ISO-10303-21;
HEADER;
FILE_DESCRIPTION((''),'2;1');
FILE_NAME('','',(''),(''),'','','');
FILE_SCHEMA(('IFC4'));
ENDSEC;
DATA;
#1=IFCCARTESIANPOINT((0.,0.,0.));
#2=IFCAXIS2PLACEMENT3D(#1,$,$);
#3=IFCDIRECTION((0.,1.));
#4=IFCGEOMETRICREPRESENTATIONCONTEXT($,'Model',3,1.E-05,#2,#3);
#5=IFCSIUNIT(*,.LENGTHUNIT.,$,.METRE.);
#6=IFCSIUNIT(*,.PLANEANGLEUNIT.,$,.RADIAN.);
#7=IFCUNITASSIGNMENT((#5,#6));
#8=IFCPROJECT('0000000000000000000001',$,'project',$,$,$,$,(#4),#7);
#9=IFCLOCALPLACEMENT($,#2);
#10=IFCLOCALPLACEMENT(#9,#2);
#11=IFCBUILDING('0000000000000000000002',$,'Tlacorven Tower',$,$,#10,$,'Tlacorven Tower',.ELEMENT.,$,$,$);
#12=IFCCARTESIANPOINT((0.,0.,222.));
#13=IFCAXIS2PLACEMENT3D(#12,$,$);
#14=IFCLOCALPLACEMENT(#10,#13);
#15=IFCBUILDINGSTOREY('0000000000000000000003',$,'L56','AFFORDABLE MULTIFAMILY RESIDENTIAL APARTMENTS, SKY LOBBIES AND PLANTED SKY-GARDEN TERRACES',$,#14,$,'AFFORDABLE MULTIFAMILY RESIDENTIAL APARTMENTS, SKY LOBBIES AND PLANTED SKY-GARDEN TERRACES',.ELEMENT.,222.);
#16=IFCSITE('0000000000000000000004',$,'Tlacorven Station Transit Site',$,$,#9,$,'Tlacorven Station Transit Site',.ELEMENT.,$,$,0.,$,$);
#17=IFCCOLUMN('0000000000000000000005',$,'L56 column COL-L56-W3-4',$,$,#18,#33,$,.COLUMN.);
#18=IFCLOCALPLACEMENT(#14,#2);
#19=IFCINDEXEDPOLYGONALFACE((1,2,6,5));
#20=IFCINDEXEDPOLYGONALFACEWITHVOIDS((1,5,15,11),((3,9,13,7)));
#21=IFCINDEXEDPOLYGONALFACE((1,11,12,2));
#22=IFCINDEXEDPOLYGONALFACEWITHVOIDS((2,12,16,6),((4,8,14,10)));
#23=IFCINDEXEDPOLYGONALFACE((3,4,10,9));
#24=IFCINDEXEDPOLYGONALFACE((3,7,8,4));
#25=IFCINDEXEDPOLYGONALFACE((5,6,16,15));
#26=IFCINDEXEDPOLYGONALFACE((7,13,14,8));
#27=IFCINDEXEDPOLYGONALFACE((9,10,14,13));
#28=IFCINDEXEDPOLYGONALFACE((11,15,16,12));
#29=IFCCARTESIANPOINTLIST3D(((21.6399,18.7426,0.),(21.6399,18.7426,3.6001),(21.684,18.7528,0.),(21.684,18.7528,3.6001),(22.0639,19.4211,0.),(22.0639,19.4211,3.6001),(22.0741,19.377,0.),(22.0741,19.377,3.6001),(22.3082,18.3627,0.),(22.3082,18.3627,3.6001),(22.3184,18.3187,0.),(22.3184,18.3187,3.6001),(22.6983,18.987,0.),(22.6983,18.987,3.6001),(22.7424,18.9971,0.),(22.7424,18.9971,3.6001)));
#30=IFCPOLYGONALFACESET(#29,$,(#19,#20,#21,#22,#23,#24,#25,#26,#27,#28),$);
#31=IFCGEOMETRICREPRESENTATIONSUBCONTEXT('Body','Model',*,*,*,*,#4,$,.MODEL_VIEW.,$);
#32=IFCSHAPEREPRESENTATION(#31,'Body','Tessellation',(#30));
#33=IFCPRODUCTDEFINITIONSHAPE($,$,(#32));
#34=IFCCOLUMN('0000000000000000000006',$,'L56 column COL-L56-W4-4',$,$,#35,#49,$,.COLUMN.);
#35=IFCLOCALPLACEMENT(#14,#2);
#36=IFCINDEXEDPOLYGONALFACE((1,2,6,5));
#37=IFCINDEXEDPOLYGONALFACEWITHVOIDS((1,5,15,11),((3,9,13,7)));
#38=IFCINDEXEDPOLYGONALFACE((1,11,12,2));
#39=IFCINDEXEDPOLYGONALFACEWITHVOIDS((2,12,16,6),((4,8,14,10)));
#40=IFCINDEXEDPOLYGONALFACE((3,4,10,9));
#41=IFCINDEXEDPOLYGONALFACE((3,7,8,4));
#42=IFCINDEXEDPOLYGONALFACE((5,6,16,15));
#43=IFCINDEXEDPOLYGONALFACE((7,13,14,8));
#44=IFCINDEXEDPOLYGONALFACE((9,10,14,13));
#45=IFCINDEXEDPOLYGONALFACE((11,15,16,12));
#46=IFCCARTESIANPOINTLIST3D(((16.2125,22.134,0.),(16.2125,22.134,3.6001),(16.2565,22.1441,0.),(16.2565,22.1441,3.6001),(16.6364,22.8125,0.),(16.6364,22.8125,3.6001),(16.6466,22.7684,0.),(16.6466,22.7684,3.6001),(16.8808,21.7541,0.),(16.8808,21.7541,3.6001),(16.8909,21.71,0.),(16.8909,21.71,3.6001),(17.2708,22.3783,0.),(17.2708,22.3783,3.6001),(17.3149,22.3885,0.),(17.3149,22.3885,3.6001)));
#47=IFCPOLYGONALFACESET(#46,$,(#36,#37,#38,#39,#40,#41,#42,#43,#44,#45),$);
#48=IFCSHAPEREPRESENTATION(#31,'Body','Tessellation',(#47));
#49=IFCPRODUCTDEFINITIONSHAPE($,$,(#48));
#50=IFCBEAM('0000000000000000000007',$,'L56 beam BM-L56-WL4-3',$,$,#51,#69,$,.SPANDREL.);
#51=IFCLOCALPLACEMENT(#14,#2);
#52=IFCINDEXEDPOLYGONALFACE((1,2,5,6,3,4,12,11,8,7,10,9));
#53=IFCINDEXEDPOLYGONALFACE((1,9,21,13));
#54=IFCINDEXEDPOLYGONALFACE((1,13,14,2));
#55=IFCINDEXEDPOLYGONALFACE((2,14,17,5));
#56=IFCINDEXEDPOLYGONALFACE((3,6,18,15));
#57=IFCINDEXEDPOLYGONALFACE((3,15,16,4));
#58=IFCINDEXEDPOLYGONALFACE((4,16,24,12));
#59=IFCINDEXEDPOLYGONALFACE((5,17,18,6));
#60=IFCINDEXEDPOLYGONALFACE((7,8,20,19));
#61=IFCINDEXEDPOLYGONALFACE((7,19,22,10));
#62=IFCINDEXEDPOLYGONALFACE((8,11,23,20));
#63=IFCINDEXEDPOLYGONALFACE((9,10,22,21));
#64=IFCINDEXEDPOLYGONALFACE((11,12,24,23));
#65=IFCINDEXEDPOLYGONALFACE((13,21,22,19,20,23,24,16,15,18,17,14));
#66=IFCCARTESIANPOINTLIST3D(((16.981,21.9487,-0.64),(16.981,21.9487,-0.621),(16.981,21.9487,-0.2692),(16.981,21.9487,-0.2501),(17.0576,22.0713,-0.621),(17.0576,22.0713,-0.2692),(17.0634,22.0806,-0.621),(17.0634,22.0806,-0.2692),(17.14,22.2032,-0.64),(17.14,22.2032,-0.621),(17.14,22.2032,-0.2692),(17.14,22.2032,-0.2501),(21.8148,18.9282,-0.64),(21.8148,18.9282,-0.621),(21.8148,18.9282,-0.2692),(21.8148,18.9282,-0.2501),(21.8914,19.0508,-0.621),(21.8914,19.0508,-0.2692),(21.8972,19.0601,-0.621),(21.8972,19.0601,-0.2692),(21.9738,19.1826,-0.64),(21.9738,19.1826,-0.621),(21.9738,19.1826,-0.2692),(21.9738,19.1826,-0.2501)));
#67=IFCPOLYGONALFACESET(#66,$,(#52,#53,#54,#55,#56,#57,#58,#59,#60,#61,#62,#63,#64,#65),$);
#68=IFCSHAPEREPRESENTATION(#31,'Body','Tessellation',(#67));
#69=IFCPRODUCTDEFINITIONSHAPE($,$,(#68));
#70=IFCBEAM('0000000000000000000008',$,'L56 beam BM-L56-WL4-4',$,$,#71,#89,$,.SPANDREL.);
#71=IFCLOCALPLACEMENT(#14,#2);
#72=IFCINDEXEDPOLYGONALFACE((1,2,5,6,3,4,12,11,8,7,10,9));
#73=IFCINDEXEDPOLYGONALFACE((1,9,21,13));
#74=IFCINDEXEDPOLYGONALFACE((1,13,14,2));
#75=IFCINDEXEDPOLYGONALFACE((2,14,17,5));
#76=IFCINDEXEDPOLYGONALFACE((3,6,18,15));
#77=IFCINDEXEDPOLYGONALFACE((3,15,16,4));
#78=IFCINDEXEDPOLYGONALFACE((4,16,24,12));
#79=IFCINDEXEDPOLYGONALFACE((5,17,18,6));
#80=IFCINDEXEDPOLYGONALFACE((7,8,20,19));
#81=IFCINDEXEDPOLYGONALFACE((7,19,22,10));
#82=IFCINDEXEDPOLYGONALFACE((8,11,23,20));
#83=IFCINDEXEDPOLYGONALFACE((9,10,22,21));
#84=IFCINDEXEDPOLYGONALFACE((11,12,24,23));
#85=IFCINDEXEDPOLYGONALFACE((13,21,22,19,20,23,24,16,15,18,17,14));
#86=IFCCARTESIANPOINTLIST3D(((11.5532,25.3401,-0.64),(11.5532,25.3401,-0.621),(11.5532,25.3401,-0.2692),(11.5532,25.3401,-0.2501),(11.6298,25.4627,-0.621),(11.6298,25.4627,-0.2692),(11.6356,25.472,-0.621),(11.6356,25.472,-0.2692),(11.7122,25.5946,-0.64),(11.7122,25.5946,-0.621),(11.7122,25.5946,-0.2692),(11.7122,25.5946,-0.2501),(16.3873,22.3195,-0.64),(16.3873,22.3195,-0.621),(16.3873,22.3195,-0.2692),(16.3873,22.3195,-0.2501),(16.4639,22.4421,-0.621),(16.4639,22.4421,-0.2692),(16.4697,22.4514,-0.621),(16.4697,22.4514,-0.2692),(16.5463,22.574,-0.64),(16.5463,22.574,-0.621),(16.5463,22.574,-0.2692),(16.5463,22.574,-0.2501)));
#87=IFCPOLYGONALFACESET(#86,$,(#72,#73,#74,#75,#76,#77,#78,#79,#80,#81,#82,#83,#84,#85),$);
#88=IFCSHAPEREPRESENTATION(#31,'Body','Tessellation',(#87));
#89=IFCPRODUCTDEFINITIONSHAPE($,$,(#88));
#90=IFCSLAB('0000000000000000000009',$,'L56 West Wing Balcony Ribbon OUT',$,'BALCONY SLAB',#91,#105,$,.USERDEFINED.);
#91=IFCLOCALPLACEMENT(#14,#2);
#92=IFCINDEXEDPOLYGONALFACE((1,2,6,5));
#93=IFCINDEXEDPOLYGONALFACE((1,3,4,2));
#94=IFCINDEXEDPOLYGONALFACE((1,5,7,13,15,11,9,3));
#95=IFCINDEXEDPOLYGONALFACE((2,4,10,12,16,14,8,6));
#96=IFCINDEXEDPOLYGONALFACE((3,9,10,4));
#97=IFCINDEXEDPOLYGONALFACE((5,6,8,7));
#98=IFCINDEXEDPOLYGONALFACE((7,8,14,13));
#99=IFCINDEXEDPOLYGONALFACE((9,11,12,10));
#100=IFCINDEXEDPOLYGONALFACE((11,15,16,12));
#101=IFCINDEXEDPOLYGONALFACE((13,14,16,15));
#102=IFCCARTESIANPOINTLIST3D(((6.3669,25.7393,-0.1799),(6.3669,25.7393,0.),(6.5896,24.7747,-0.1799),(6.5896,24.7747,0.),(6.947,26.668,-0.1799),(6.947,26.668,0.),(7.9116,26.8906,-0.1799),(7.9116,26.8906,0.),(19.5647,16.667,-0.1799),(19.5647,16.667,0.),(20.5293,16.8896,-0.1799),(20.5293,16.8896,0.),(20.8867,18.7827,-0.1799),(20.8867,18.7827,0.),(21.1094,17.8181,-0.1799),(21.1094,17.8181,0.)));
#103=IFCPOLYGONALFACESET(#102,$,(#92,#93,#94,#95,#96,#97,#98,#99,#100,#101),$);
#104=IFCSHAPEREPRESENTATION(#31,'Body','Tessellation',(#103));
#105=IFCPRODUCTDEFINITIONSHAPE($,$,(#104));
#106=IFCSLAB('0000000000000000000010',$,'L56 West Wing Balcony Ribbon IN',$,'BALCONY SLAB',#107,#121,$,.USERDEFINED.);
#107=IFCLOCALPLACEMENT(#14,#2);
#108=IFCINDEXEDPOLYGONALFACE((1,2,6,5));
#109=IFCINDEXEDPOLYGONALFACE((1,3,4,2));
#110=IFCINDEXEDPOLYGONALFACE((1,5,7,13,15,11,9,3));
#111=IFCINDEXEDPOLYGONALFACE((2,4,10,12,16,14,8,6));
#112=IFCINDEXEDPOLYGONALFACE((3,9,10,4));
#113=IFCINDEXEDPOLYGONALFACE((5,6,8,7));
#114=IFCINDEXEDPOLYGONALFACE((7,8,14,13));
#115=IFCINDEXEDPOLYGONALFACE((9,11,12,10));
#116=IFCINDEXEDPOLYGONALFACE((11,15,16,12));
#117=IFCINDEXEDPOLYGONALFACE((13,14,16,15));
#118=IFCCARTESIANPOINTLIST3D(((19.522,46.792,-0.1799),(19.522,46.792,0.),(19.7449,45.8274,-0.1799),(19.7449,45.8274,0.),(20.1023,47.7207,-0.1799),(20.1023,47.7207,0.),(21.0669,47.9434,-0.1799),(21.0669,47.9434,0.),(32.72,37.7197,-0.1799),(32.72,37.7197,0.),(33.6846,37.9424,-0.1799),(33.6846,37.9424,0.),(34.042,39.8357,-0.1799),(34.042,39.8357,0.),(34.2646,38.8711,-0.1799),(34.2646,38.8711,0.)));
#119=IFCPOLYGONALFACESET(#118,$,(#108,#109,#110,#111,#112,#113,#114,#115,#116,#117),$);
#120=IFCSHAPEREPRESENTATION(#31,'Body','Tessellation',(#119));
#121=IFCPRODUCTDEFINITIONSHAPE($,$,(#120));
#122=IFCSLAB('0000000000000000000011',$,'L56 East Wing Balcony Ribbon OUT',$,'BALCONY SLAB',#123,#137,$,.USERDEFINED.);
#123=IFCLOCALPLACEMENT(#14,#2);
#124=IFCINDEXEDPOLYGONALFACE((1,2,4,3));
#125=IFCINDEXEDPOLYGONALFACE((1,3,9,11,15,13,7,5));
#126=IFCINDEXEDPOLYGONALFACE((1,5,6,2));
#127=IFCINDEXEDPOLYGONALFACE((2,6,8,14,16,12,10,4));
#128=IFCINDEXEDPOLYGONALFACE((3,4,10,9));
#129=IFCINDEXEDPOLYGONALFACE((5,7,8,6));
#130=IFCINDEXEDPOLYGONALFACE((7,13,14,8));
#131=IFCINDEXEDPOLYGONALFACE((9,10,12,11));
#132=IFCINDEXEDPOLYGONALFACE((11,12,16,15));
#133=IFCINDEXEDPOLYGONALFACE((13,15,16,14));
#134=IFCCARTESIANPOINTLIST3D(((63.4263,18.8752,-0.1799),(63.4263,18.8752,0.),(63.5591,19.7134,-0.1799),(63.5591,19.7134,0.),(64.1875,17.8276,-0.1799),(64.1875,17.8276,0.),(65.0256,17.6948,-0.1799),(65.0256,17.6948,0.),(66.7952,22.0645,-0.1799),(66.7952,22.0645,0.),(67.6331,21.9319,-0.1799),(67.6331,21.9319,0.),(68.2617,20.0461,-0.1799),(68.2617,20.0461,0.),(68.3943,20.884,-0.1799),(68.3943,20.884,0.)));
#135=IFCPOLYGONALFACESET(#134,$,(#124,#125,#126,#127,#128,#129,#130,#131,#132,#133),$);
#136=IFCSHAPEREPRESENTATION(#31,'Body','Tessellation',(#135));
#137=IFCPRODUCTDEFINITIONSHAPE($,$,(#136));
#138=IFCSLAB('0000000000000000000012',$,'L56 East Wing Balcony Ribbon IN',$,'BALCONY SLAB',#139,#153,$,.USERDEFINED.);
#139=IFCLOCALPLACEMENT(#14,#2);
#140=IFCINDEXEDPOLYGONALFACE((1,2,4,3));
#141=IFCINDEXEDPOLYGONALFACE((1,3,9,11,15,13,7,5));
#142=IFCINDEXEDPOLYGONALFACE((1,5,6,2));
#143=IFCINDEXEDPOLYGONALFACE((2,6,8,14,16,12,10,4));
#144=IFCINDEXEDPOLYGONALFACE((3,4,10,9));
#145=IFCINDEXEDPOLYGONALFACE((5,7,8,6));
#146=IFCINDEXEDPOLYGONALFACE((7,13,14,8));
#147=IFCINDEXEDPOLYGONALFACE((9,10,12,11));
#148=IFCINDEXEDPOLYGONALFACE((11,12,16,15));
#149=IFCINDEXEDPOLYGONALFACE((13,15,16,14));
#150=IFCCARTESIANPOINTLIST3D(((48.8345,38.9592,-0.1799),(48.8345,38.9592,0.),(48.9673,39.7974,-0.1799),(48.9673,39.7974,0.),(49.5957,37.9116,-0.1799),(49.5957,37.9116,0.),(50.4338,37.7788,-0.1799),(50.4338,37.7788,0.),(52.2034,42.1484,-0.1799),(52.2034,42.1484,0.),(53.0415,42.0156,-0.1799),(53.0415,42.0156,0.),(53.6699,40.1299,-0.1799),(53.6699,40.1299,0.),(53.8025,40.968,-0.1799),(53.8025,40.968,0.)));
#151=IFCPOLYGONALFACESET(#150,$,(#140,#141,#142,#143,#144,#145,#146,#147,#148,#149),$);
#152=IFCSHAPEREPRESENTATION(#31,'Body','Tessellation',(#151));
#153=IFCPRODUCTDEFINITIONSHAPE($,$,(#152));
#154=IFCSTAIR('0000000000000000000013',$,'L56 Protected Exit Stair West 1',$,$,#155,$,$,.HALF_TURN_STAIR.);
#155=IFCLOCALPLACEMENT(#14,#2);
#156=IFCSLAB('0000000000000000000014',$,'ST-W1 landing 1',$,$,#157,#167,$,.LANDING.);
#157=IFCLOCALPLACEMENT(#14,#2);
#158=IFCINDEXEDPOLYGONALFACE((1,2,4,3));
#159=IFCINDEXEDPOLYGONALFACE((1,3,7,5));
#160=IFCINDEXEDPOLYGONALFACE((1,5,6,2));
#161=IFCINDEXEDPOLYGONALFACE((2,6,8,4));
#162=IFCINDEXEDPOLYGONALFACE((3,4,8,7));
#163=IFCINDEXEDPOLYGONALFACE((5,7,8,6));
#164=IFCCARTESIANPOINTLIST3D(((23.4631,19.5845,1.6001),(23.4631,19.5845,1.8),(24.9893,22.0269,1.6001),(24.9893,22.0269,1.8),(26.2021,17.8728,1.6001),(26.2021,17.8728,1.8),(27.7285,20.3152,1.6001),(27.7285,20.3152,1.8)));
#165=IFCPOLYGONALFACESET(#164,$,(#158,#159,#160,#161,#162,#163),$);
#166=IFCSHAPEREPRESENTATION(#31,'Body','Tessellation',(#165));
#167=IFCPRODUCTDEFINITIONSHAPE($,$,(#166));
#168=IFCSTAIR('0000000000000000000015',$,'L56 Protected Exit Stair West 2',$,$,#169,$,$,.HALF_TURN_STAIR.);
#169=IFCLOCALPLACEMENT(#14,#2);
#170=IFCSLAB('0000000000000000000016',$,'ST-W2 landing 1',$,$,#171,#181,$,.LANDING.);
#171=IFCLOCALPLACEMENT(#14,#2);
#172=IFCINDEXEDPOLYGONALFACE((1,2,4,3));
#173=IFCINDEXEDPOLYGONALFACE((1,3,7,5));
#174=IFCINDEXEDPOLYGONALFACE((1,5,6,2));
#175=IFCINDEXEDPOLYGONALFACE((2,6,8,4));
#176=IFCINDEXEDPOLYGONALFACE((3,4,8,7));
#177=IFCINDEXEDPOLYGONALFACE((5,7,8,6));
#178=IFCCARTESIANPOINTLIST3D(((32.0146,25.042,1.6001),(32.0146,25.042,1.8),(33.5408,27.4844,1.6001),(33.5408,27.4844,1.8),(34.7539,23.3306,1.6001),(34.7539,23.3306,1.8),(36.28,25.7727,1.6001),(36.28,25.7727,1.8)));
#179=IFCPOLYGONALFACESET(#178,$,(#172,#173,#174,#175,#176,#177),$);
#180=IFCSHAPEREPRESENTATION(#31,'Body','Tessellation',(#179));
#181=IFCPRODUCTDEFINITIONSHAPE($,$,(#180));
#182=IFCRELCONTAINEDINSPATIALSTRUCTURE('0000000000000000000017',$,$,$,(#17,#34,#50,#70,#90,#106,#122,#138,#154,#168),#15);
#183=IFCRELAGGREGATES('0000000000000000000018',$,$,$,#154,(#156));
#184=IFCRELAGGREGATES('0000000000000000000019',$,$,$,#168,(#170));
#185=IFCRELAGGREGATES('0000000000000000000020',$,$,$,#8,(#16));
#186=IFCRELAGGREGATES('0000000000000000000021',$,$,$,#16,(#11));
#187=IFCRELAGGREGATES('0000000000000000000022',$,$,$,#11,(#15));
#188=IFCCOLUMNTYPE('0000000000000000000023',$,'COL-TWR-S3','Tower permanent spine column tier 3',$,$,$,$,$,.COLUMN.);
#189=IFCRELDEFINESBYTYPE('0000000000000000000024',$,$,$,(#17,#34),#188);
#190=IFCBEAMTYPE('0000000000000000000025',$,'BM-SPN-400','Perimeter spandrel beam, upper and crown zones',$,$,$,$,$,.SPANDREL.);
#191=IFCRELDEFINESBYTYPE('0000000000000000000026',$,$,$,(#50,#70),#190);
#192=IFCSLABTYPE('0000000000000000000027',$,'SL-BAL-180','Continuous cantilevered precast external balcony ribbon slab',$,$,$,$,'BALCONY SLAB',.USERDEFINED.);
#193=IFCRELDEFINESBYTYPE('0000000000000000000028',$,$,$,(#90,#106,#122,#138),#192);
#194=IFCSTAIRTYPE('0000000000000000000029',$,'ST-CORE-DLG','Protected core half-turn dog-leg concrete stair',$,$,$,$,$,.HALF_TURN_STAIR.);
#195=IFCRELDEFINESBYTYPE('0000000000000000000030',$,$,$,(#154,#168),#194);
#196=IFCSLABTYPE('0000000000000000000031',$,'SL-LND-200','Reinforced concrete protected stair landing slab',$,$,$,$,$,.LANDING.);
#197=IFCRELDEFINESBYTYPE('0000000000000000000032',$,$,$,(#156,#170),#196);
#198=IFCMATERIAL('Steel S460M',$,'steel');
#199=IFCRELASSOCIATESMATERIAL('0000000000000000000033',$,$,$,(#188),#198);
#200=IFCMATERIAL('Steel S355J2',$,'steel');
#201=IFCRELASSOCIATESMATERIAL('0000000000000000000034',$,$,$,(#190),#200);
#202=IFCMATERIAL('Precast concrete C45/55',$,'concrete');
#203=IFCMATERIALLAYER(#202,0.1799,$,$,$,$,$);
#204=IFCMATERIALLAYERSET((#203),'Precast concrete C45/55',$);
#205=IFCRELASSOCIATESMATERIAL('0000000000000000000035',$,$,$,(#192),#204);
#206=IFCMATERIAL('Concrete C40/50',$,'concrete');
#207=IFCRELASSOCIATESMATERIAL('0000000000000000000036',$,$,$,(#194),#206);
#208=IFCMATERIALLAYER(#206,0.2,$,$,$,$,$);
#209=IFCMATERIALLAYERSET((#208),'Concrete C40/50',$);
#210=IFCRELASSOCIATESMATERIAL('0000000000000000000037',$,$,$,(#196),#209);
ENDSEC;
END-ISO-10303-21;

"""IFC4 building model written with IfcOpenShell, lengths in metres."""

from ifc_helpers import new_model, si_unit, direction, frame, origin, origin_2d, place, context, subcontext, project, spatial, polyline, hollow_rectangle, i_section, outline, extrude, source, transform, mapped, material, layer, layer_set, material_profile, profile_set, type_object, element, aggregate, save


model = new_model("IFC4")

# Units and contexts
model_context = context("Model", 3, precision=1e-05, world=origin(), true_north=direction((0.0, 1.0)))
body_context = subcontext(model_context, "Body", "Model", "MODEL_VIEW")
ifc_project = project(units=[si_unit("LENGTHUNIT", "METRE"), si_unit("PLANEANGLEUNIT", "RADIAN")], contexts=[model_context])

# Site, building, storey
site_placement = place(None, origin())
site = spatial("IfcSite", under=ifc_project, at=site_placement, Name="Tlacorven Station Transit Site", LongName="Tlacorven Station Transit Site", CompositionType="ELEMENT", RefElevation=0.0)
building_placement = place(site_placement, origin())
building = spatial("IfcBuilding", under=site, at=building_placement, Name="Tlacorven Tower", LongName="Tlacorven Tower", CompositionType="ELEMENT")
storey_placement = place(building_placement, frame((0.0, 0.0, 222.0)))
storey = spatial("IfcBuildingStorey", under=building, at=storey_placement, Name="L56", Description="AFFORDABLE MULTIFAMILY RESIDENTIAL APARTMENTS, SKY LOBBIES AND PLANTED SKY-GARDEN TERRACES", LongName="AFFORDABLE MULTIFAMILY RESIDENTIAL APARTMENTS, SKY LOBBIES AND PLANTED SKY-GARDEN TERRACES", CompositionType="ELEMENT", Elevation=222.0)

# Columns
ifc_material_1 = material(Name="Steel S460M", Category="steel")
ifc_material_profile_1 = material_profile(ifc_material_1, hollow_rectangle(XDim=0.8, YDim=0.8, WallThickness=0.032, at=origin_2d()), Name="BOX 800X800X32")
ifc_profile_set_1 = profile_set([ifc_material_profile_1], Name="Steel S460M")
column_type = type_object("IfcColumnType", Name="COL-TWR-S3", Description="Tower permanent spine column tier 3", PredefinedType="COLUMN", material=ifc_profile_set_1)
shared_shape_1 = source(origin(), body_context, "Body", "SweptSolid", [
    extrude(hollow_rectangle(XDim=0.8, YDim=0.8, WallThickness=0.032, at=origin_2d()), origin(), (0.0, 0.0, 1.0), 3.6001),
])
for number, where, z_axis, x_axis, name in (
    (1, (22.1912, 18.8699, 0.0), (0.0, 0.0, 1.0), (-0.848048, 0.529919, 0.0), "L56 column COL-L56-W3-4"),
    (2, (16.7637, 22.2612, 0.0), (0.0, 0.0, 1.0), (-0.848048, 0.529919, 0.0), "L56 column COL-L56-W4-4"),
):
    element("IfcColumn", number, at=place(storey_placement, frame(where, z_axis=z_axis, x_axis=x_axis)), inside=storey, type_object=column_type, Name=name, PredefinedType="COLUMN", context=body_context, shape_type="MappedRepresentation", body=[
        mapped(shared_shape_1, transform((0.0, 0.0, 0.0), scale=1.0)),
    ])

# Beams
ifc_material_2 = material(Name="Steel S355J2", Category="steel")
ifc_material_profile_2 = material_profile(ifc_material_2, i_section(OverallWidth=0.3, OverallDepth=0.3899, WebThickness=0.011, FlangeThickness=0.019, at=origin_2d()), Name="HEA 400")
ifc_profile_set_2 = profile_set([ifc_material_profile_2], Name="Steel S355J2")
beam_type = type_object("IfcBeamType", Name="BM-SPN-400", Description="Perimeter spandrel beam, upper and crown zones", PredefinedType="SPANDREL", material=ifc_profile_set_2)
shared_shape_2 = source(origin(), body_context, "Body", "SweptSolid", [
    extrude(i_section(OverallWidth=0.3, OverallDepth=0.3899, WebThickness=0.011, FlangeThickness=0.019, at=origin_2d()), origin(), (0.0, 0.0, 1.0), 5.7),
])
beam_1_placement = place(storey_placement, frame((21.8943, 19.0554, -0.4451), z_axis=(-0.848044, 0.529926, 0.0), x_axis=(-0.529926, -0.848044, 0.0)))
element("IfcBeam", 3, at=beam_1_placement, inside=storey, type_object=beam_type, Name="L56 beam BM-L56-WL4-3", PredefinedType="SPANDREL", context=body_context, shape_type="MappedRepresentation", body=[
    mapped(shared_shape_2, transform((0.0, 0.0, 0.0), scale=1.0)),
])
shared_shape_3 = source(origin(), body_context, "Body", "SweptSolid", [
    extrude(i_section(OverallWidth=0.3, OverallDepth=0.3899, WebThickness=0.011, FlangeThickness=0.019, at=origin_2d()), origin(), (0.0, 0.0, 1.0), 5.7002),
])
beam_2_placement = place(storey_placement, frame((16.4668, 22.4468, -0.4451), z_axis=(-0.848056, 0.529907, 0.0), x_axis=(-0.529907, -0.848056, 0.0)))
element("IfcBeam", 4, at=beam_2_placement, inside=storey, type_object=beam_type, Name="L56 beam BM-L56-WL4-4", PredefinedType="SPANDREL", context=body_context, shape_type="MappedRepresentation", body=[
    mapped(shared_shape_3, transform((0.0, 0.0, 0.0), scale=1.0)),
])

# Slabs
ifc_material_3 = material(Name="Precast concrete C45/55", Category="concrete")
ifc_layer_1 = layer(ifc_material_3, 0.1799)
ifc_layer_set_1 = layer_set([ifc_layer_1], Name="Precast concrete C45/55")
slab_type_1 = type_object("IfcSlabType", Name="SL-BAL-180", Description="Continuous cantilevered precast external balcony ribbon slab", ElementType="BALCONY SLAB", PredefinedType="USERDEFINED", material=ifc_layer_set_1)
slab_1_placement = place(storey_placement, frame((0.0, 0.0, -0.1799)))
element("IfcSlab", 5, at=slab_1_placement, inside=storey, type_object=slab_type_1, Name="L56 West Wing Balcony Ribbon OUT", ObjectType="BALCONY SLAB", PredefinedType="USERDEFINED", context=body_context, shape_type="SweptSolid", body=[
    extrude(outline(polyline([(20.8867, 18.7827), (7.9116, 26.8906), (6.947, 26.668), (6.3669, 25.7393), (6.5896, 24.7747), (19.5647, 16.667), (20.5293, 16.8896), (21.1094, 17.8181), (20.8867, 18.7827)])), origin(), (0.0, 0.0, 1.0), 0.1799),
])
slab_2_placement = place(storey_placement, frame((0.0, 0.0, -0.1799)))
element("IfcSlab", 6, at=slab_2_placement, inside=storey, type_object=slab_type_1, Name="L56 West Wing Balcony Ribbon IN", ObjectType="BALCONY SLAB", PredefinedType="USERDEFINED", context=body_context, shape_type="SweptSolid", body=[
    extrude(outline(polyline([(34.042, 39.8357), (21.0669, 47.9434), (20.1023, 47.7207), (19.522, 46.792), (19.7449, 45.8274), (32.72, 37.7197), (33.6846, 37.9424), (34.2646, 38.8711), (34.042, 39.8357)])), origin(), (0.0, 0.0, 1.0), 0.1799),
])
slab_3_placement = place(storey_placement, frame((0.0, 0.0, -0.1799)))
element("IfcSlab", 7, at=slab_3_placement, inside=storey, type_object=slab_type_1, Name="L56 East Wing Balcony Ribbon OUT", ObjectType="BALCONY SLAB", PredefinedType="USERDEFINED", context=body_context, shape_type="SweptSolid", body=[
    extrude(outline(polyline([(65.0256, 17.6948), (68.2617, 20.0461), (68.3943, 20.884), (67.6331, 21.9319), (66.7952, 22.0645), (63.5591, 19.7134), (63.4263, 18.8752), (64.1875, 17.8276), (65.0256, 17.6948)])), origin(), (0.0, 0.0, 1.0), 0.1799),
])
slab_4_placement = place(storey_placement, frame((0.0, 0.0, -0.1799)))
element("IfcSlab", 8, at=slab_4_placement, inside=storey, type_object=slab_type_1, Name="L56 East Wing Balcony Ribbon IN", ObjectType="BALCONY SLAB", PredefinedType="USERDEFINED", context=body_context, shape_type="SweptSolid", body=[
    extrude(outline(polyline([(50.4338, 37.7788), (53.6699, 40.1299), (53.8025, 40.968), (53.0415, 42.0156), (52.2034, 42.1484), (48.9673, 39.7974), (48.8345, 38.9592), (49.5957, 37.9116), (50.4338, 37.7788)])), origin(), (0.0, 0.0, 1.0), 0.1799),
])

# Stairs, slabs
ifc_material_4 = material(Name="Concrete C40/50", Category="concrete")
stair_type = type_object("IfcStairType", Name="ST-CORE-DLG", Description="Protected core half-turn dog-leg concrete stair", PredefinedType="HALF_TURN_STAIR", material=ifc_material_4)
stair_1_placement = place(storey_placement, origin())
stair_1 = element("IfcStair", 9, at=stair_1_placement, inside=storey, type_object=stair_type, Name="L56 Protected Exit Stair West 1", PredefinedType="HALF_TURN_STAIR")
ifc_layer_2 = layer(ifc_material_4, 0.2)
ifc_layer_set_2 = layer_set([ifc_layer_2], Name="Concrete C40/50")
slab_type_2 = type_object("IfcSlabType", Name="SL-LND-200", Description="Reinforced concrete protected stair landing slab", PredefinedType="LANDING", material=ifc_layer_set_2)
slab_5_placement = place(storey_placement, frame((0.0, 0.0, 1.6001)))
slab_5 = element("IfcSlab", 10, at=slab_5_placement, type_object=slab_type_2, Name="ST-W1 landing 1", PredefinedType="LANDING", context=body_context, shape_type="SweptSolid", body=[
    extrude(outline(polyline([(27.7285, 20.3152), (24.9893, 22.0269), (23.4631, 19.5845), (26.2021, 17.8728), (27.7285, 20.3152)])), origin(), (0.0, 0.0, 1.0), 0.2),
])
aggregate(stair_1, [slab_5])
stair_2_placement = place(storey_placement, origin())
stair_2 = element("IfcStair", 11, at=stair_2_placement, inside=storey, type_object=stair_type, Name="L56 Protected Exit Stair West 2", PredefinedType="HALF_TURN_STAIR")
slab_6_placement = place(storey_placement, frame((0.0, 0.0, 1.6001)))
slab_6 = element("IfcSlab", 12, at=slab_6_placement, type_object=slab_type_2, Name="ST-W2 landing 1", PredefinedType="LANDING", context=body_context, shape_type="SweptSolid", body=[
    extrude(outline(polyline([(36.28, 25.7727), (33.5408, 27.4844), (32.0146, 25.042), (34.7539, 23.3306), (36.28, 25.7727)])), origin(), (0.0, 0.0, 1.0), 0.2),
])
aggregate(stair_2, [slab_6])

save(model, "model.ifc")
